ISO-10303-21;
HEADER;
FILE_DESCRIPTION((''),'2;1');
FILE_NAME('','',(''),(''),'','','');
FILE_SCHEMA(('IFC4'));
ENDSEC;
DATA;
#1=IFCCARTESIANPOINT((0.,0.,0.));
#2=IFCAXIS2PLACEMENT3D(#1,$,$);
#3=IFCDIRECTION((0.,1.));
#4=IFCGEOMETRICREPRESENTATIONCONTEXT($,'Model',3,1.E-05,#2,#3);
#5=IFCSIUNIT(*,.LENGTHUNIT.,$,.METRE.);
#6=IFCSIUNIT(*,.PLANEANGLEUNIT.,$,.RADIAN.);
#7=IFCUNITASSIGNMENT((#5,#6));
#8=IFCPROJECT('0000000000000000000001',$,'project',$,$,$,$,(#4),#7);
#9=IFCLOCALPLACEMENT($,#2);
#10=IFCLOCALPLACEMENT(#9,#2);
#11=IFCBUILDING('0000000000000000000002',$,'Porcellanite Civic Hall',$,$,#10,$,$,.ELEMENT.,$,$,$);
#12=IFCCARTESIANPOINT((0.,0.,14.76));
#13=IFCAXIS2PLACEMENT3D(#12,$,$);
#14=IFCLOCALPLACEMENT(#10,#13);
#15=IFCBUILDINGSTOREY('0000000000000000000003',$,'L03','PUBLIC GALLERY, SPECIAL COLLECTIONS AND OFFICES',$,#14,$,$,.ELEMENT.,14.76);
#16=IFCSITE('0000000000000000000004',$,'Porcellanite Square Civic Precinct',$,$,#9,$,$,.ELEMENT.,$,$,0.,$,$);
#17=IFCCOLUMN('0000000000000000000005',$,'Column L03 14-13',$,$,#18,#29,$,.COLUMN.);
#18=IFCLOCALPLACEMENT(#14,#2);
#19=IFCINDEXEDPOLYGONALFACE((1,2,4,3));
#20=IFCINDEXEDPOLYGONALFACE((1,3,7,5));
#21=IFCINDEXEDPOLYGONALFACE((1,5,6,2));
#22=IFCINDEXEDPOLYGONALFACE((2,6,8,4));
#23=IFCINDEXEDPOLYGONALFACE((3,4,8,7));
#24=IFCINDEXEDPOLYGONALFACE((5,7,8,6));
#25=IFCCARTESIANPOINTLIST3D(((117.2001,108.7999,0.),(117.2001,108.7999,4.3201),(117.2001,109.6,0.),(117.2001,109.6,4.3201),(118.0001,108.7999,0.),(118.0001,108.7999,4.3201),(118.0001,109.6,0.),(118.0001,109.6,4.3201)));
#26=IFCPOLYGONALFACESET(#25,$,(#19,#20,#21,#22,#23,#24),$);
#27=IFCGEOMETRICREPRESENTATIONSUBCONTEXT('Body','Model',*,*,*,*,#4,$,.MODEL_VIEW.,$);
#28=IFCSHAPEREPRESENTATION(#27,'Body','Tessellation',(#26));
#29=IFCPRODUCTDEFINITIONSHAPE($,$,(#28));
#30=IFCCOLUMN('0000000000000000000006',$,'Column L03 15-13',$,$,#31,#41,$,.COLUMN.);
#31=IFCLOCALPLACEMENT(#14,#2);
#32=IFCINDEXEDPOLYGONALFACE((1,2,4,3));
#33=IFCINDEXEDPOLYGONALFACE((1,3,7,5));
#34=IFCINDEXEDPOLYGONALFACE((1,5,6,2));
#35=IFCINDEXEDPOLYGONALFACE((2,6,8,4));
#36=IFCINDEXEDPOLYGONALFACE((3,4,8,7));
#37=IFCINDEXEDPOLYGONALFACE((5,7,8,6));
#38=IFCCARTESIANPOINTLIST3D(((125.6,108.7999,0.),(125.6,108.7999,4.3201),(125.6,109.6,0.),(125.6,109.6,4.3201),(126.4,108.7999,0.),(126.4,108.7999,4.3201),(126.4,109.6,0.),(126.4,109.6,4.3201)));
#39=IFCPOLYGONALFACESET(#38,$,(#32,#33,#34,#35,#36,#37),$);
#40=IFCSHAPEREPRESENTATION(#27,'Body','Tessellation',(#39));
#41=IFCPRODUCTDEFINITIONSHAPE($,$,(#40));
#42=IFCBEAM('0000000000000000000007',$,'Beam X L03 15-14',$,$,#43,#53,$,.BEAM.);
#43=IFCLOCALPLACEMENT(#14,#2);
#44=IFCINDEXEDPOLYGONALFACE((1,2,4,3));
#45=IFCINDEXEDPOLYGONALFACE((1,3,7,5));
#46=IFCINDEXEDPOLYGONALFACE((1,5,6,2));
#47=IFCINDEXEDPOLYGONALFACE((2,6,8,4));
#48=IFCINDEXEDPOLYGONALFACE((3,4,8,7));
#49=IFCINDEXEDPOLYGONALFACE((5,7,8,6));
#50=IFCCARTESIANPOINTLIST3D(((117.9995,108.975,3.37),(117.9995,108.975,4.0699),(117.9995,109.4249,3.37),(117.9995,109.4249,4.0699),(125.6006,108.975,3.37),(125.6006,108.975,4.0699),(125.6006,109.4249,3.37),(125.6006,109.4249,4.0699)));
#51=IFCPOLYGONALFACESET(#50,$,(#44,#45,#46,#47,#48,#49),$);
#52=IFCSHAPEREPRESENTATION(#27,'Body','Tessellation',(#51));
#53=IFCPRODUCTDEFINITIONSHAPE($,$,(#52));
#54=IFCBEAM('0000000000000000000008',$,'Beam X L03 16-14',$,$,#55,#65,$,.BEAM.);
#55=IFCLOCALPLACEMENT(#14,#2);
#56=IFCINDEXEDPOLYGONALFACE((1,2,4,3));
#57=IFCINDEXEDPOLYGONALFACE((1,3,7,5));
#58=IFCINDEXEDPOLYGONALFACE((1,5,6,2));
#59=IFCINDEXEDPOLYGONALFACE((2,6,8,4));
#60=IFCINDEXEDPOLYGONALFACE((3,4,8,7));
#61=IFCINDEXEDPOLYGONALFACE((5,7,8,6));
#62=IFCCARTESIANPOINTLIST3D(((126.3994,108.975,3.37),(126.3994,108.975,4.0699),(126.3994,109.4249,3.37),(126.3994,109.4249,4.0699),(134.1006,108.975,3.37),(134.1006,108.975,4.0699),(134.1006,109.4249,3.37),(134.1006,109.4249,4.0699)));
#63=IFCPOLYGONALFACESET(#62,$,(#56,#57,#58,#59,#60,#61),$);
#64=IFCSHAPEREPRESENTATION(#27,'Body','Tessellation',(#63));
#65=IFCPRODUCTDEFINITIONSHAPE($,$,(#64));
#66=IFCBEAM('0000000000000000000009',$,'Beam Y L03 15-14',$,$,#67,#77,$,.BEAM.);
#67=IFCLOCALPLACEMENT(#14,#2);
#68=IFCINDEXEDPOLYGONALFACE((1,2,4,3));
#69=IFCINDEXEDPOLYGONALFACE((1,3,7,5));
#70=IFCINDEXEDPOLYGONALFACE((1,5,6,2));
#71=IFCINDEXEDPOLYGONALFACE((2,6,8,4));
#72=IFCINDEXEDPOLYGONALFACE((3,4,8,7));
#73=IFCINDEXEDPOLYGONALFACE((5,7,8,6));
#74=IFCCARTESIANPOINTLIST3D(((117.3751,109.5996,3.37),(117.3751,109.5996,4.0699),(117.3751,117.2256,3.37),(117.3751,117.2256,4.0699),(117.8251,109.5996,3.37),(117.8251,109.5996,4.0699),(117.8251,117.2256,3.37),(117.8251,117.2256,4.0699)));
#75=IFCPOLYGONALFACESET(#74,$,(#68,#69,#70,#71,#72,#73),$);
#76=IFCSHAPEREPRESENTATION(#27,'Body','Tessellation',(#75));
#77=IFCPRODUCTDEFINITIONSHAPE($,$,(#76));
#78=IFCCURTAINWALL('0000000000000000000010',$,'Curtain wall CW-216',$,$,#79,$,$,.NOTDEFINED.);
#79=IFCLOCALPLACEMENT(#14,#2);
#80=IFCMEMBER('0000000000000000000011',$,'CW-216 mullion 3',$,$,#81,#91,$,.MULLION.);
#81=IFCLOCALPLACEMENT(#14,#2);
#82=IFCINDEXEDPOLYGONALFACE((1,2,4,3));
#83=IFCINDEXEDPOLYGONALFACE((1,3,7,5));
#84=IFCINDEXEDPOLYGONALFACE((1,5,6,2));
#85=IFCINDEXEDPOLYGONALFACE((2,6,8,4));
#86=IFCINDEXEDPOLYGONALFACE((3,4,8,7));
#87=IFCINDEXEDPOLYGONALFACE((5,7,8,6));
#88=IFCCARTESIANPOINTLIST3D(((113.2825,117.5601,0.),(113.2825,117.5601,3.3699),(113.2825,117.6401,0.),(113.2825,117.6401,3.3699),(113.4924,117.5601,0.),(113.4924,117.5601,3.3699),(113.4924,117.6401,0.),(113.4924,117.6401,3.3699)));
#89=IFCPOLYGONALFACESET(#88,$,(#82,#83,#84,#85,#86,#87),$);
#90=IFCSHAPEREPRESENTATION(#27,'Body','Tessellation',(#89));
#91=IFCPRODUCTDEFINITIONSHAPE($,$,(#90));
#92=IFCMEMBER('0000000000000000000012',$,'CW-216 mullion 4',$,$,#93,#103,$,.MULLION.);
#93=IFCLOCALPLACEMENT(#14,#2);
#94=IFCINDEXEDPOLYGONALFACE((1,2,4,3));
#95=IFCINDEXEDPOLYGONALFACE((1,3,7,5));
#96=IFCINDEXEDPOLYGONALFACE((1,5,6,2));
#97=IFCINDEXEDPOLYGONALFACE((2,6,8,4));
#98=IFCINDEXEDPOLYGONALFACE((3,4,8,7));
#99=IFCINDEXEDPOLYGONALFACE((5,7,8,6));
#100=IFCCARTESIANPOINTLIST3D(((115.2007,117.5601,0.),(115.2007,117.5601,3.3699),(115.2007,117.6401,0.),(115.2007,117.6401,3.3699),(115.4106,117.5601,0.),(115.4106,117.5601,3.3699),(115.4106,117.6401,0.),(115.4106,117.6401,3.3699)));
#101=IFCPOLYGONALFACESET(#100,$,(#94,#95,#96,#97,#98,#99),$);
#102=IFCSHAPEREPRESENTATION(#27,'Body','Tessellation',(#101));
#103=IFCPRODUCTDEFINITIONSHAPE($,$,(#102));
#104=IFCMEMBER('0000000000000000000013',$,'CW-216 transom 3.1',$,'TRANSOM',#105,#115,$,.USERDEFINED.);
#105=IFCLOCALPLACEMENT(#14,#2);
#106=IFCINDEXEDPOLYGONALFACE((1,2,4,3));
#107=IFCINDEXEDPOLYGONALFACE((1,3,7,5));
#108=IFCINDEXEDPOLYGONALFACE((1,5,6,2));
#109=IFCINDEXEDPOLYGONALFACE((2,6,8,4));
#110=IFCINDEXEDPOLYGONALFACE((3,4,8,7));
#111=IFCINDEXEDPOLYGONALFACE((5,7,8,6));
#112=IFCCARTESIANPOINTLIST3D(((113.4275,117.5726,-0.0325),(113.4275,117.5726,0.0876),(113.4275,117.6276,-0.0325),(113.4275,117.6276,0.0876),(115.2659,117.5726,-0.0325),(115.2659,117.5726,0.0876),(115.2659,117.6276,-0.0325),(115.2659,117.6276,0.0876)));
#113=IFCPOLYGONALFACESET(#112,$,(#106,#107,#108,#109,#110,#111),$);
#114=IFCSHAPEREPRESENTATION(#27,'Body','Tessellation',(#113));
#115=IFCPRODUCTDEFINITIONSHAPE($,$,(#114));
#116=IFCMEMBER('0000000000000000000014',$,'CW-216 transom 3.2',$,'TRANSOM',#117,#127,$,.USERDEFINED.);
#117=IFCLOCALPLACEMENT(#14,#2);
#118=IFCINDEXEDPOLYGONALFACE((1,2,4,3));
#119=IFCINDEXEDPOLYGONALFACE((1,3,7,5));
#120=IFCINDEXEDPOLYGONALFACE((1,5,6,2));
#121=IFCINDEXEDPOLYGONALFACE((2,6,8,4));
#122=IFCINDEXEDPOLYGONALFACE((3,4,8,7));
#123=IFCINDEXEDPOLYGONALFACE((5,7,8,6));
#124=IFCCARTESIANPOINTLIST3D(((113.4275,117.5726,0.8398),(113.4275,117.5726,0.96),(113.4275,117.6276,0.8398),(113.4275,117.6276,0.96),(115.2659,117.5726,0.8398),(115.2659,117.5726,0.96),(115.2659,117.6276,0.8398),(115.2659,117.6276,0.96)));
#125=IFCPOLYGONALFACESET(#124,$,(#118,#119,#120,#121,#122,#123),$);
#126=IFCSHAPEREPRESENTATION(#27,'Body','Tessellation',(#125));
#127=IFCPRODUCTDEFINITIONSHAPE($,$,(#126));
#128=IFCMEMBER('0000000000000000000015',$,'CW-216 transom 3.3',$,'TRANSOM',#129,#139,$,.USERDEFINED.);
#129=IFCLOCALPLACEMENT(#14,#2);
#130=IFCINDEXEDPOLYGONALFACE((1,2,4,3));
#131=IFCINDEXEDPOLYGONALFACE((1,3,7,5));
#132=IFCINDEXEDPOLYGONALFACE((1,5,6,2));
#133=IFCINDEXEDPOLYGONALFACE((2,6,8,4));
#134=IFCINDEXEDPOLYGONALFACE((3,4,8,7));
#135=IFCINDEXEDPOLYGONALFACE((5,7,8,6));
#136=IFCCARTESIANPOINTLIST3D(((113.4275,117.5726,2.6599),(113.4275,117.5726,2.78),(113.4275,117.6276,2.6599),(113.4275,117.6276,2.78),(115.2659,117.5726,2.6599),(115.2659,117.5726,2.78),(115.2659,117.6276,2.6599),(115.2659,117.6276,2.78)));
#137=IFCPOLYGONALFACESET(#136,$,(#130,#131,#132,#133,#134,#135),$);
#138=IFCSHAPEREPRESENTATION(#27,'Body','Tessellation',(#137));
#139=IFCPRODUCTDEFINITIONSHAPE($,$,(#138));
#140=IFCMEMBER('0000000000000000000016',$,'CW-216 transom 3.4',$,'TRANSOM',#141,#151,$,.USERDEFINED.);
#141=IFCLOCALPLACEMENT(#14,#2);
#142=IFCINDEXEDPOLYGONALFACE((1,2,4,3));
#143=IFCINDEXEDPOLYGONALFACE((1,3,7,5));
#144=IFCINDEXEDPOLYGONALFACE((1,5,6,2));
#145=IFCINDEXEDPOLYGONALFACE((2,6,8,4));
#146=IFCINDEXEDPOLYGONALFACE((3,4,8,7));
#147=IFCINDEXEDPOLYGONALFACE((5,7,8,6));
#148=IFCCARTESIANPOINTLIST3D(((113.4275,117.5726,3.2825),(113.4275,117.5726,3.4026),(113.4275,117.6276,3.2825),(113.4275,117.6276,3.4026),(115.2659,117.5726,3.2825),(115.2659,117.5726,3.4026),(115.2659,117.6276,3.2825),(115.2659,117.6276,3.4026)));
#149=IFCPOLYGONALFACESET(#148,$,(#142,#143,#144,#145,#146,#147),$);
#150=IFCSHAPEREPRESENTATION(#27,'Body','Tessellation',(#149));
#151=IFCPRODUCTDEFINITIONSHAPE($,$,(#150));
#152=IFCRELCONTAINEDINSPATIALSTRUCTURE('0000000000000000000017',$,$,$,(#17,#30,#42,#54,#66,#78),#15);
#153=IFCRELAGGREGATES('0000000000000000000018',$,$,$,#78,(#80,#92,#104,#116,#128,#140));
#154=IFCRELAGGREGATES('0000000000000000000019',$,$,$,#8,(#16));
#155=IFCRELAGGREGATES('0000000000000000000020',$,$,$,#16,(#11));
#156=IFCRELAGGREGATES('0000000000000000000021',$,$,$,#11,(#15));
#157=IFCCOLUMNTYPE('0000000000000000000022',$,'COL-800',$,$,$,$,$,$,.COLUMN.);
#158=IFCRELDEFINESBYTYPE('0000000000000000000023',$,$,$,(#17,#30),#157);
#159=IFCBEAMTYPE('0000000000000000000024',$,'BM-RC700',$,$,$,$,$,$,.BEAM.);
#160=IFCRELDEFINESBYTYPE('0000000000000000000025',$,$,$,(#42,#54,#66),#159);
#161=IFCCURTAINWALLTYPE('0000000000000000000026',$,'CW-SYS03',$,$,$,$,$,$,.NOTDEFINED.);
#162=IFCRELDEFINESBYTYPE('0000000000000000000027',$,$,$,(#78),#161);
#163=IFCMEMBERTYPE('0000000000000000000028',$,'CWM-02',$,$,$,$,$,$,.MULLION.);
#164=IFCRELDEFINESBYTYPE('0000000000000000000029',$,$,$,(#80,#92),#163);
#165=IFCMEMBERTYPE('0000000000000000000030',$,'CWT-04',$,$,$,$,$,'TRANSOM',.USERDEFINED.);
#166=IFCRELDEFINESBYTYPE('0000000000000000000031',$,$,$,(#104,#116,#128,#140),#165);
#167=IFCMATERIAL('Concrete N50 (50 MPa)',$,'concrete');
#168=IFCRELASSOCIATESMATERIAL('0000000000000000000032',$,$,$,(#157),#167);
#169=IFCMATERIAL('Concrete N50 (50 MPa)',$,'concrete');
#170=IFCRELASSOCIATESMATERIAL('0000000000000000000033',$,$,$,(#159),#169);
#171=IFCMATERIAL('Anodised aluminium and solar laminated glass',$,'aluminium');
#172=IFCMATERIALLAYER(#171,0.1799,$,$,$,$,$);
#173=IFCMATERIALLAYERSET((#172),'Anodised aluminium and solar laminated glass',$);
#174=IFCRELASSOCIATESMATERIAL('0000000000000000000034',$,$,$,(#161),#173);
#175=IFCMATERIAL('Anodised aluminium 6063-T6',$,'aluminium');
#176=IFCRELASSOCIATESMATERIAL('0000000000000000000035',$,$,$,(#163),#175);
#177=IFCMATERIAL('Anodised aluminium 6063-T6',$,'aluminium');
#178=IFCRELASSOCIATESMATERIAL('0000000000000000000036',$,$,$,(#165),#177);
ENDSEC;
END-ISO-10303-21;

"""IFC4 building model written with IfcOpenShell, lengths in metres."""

from ifc_helpers import new_model, si_unit, direction, frame, origin, origin_2d, place, context, subcontext, project, spatial, rectangle, extrude, material, layer, layer_set, material_profile, profile_set, type_object, element, aggregate, save


model = new_model("IFC4")

# Units and contexts
model_context = context("Model", 3, precision=1e-05, world=origin(), true_north=direction((0.0, 1.0)))
body_context = subcontext(model_context, "Body", "Model", "MODEL_VIEW")
ifc_project = project(units=[si_unit("LENGTHUNIT", "METRE"), si_unit("PLANEANGLEUNIT", "RADIAN")], contexts=[model_context])

# Site, building, storey
site_placement = place(None, origin())
site = spatial("IfcSite", under=ifc_project, at=site_placement, Name="Porcellanite Square Civic Precinct", CompositionType="ELEMENT", RefElevation=0.0)
building_placement = place(site_placement, origin())
building = spatial("IfcBuilding", under=site, at=building_placement, Name="Porcellanite Civic Hall", CompositionType="ELEMENT")
storey_placement = place(building_placement, frame((0.0, 0.0, 14.76)))
storey = spatial("IfcBuildingStorey", under=building, at=storey_placement, Name="L03", Description="PUBLIC GALLERY, SPECIAL COLLECTIONS AND OFFICES", CompositionType="ELEMENT", Elevation=14.76)

# Columns
ifc_material_1 = material(Name="Concrete N50 (50 MPa)", Category="concrete")
ifc_material_profile_1 = material_profile(ifc_material_1, rectangle(XDim=0.8, YDim=0.8, at=origin_2d()), Name="RC-800x800")
ifc_profile_set_1 = profile_set([ifc_material_profile_1], Name="Concrete N50 (50 MPa)")
column_type = type_object("IfcColumnType", Name="COL-800", PredefinedType="COLUMN", material=ifc_profile_set_1)
for number, where, z_axis, x_axis, name in (
    (1, (117.6001, 109.2, 0.0), (0.0, 0.0, 1.0), (1.0, 0.0, 0.0), "Column L03 14-13"),
    (2, (126.0, 109.2, 0.0), (0.0, 0.0, 1.0), (1.0, 0.0, 0.0), "Column L03 15-13"),
):
    element("IfcColumn", number, at=place(storey_placement, frame(where, z_axis=z_axis, x_axis=x_axis)), inside=storey, type_object=column_type, Name=name, PredefinedType="COLUMN", context=body_context, shape_type="SweptSolid", body=[
        extrude(rectangle(XDim=0.8, YDim=0.8, at=origin_2d()), origin(), (0.0, 0.0, 1.0), 4.3201),
    ])

# Beams
ifc_material_2 = material(Name="Concrete N50 (50 MPa)", Category="concrete")
ifc_material_profile_2 = material_profile(ifc_material_2, rectangle(XDim=0.45, YDim=0.7, at=origin_2d()), Name="RC-450x700")
ifc_profile_set_2 = profile_set([ifc_material_profile_2], Name="Concrete N50 (50 MPa)")
beam_type_1 = type_object("IfcBeamType", Name="BM-RC700", PredefinedType="BEAM", material=ifc_profile_set_2)
beam_1_placement = place(storey_placement, frame((117.9995, 109.2, 3.72), z_axis=(1.0, 0.0, 0.0), x_axis=(0.0, 1.0, 0.0)))
element("IfcBeam", 3, at=beam_1_placement, inside=storey, type_object=beam_type_1, Name="Beam X L03 15-14", PredefinedType="BEAM", context=body_context, shape_type="SweptSolid", body=[
    extrude(rectangle(XDim=0.45, YDim=0.7, at=origin_2d()), origin(), (0.0, 0.0, 1.0), 7.6011),
])
beam_2_placement = place(storey_placement, frame((126.3994, 109.2, 3.72), z_axis=(1.0, 0.0, 0.0), x_axis=(0.0, 1.0, 0.0)))
element("IfcBeam", 4, at=beam_2_placement, inside=storey, type_object=beam_type_1, Name="Beam X L03 16-14", PredefinedType="BEAM", context=body_context, shape_type="SweptSolid", body=[
    extrude(rectangle(XDim=0.45, YDim=0.7, at=origin_2d()), origin(), (0.0, 0.0, 1.0), 7.7012),
])
beam_3_placement = place(storey_placement, frame((117.6001, 109.5996, 3.72), z_axis=(0.0, 1.0, 0.0), x_axis=(-1.0, 0.0, 0.0)))
element("IfcBeam", 5, at=beam_3_placement, inside=storey, type_object=beam_type_1, Name="Beam Y L03 15-14", PredefinedType="BEAM", context=body_context, shape_type="SweptSolid", body=[
    extrude(rectangle(XDim=0.45, YDim=0.7, at=origin_2d()), origin(), (0.0, 0.0, 1.0), 7.626),
])

# Curtain wall, members
ifc_material_3 = material(Name="Anodised aluminium and solar laminated glass", Category="aluminium")
ifc_layer_1 = layer(ifc_material_3, 0.1799)
ifc_layer_set_1 = layer_set([ifc_layer_1], Name="Anodised aluminium and solar laminated glass")
curtain_wall_type = type_object("IfcCurtainWallType", Name="CW-SYS03", PredefinedType="NOTDEFINED", material=ifc_layer_set_1)
curtain_wall_placement = place(storey_placement, origin())
curtain_wall = element("IfcCurtainWall", 6, at=curtain_wall_placement, inside=storey, type_object=curtain_wall_type, Name="Curtain wall CW-216", PredefinedType="NOTDEFINED")
ifc_material_4 = material(Name="Anodised aluminium 6063-T6", Category="aluminium")
ifc_material_profile_3 = material_profile(ifc_material_4, rectangle(XDim=0.0801, YDim=0.21, at=origin_2d()), Name="AL-80x210")
ifc_profile_set_3 = profile_set([ifc_material_profile_3], Name="Anodised aluminium 6063-T6")
member_type_1 = type_object("IfcMemberType", Name="CWM-02", PredefinedType="MULLION", material=ifc_profile_set_3)
member_1_placement = place(storey_placement, frame((113.3875, 117.6001, 0.0), z_axis=(0.0, 0.0, 1.0), x_axis=(0.0, 1.0, 0.0)))
member_1 = element("IfcMember", 7, at=member_1_placement, type_object=member_type_1, Name="CW-216 mullion 3", PredefinedType="MULLION", context=body_context, shape_type="SweptSolid", body=[
    extrude(rectangle(XDim=0.0801, YDim=0.21, at=origin_2d()), origin(), (0.0, 0.0, 1.0), 3.3699),
])
member_2_placement = place(storey_placement, frame((115.3057, 117.6001, 0.0), z_axis=(0.0, 0.0, 1.0), x_axis=(0.0, 1.0, 0.0)))
member_2 = element("IfcMember", 8, at=member_2_placement, type_object=member_type_1, Name="CW-216 mullion 4", PredefinedType="MULLION", context=body_context, shape_type="SweptSolid", body=[
    extrude(rectangle(XDim=0.0801, YDim=0.21, at=origin_2d()), origin(), (0.0, 0.0, 1.0), 3.3699),
])
ifc_material_5 = material(Name="Anodised aluminium 6063-T6", Category="aluminium")
ifc_material_profile_4 = material_profile(ifc_material_5, rectangle(XDim=0.0549, YDim=0.1201, at=origin_2d()), Name="AL-55x120")
ifc_profile_set_4 = profile_set([ifc_material_profile_4], Name="Anodised aluminium 6063-T6")
member_type_2 = type_object("IfcMemberType", Name="CWT-04", ElementType="TRANSOM", PredefinedType="USERDEFINED", material=ifc_profile_set_4)
member_3_placement = place(storey_placement, frame((113.4275, 117.6001, 0.0276), z_axis=(1.0, 0.0, 0.0), x_axis=(0.0, 1.0, 0.0)))
member_3 = element("IfcMember", 9, at=member_3_placement, type_object=member_type_2, Name="CW-216 transom 3.1", ObjectType="TRANSOM", PredefinedType="USERDEFINED", context=body_context, shape_type="SweptSolid", body=[
    extrude(rectangle(XDim=0.0549, YDim=0.1201, at=origin_2d()), origin(), (0.0, 0.0, 1.0), 1.8384),
])
member_4_placement = place(storey_placement, frame((113.4275, 117.6001, 0.8999), z_axis=(1.0, 0.0, 0.0), x_axis=(0.0, 1.0, 0.0)))
member_4 = element("IfcMember", 10, at=member_4_placement, type_object=member_type_2, Name="CW-216 transom 3.2", ObjectType="TRANSOM", PredefinedType="USERDEFINED", context=body_context, shape_type="SweptSolid", body=[
    extrude(rectangle(XDim=0.0549, YDim=0.1201, at=origin_2d()), origin(), (0.0, 0.0, 1.0), 1.8384),
])
member_5_placement = place(storey_placement, frame((113.4275, 117.6001, 2.72), z_axis=(1.0, 0.0, 0.0), x_axis=(0.0, 1.0, 0.0)))
member_5 = element("IfcMember", 11, at=member_5_placement, type_object=member_type_2, Name="CW-216 transom 3.3", ObjectType="TRANSOM", PredefinedType="USERDEFINED", context=body_context, shape_type="SweptSolid", body=[
    extrude(rectangle(XDim=0.0549, YDim=0.1201, at=origin_2d()), origin(), (0.0, 0.0, 1.0), 1.8384),
])
member_6_placement = place(storey_placement, frame((113.4275, 117.6001, 3.3425), z_axis=(1.0, 0.0, 0.0), x_axis=(0.0, 1.0, 0.0)))
member_6 = element("IfcMember", 12, at=member_6_placement, type_object=member_type_2, Name="CW-216 transom 3.4", ObjectType="TRANSOM", PredefinedType="USERDEFINED", context=body_context, shape_type="SweptSolid", body=[
    extrude(rectangle(XDim=0.0549, YDim=0.1201, at=origin_2d()), origin(), (0.0, 0.0, 1.0), 1.8384),
])

aggregate(curtain_wall, [member_1, member_2, member_3, member_4, member_5, member_6])

save(model, "model.ifc")
